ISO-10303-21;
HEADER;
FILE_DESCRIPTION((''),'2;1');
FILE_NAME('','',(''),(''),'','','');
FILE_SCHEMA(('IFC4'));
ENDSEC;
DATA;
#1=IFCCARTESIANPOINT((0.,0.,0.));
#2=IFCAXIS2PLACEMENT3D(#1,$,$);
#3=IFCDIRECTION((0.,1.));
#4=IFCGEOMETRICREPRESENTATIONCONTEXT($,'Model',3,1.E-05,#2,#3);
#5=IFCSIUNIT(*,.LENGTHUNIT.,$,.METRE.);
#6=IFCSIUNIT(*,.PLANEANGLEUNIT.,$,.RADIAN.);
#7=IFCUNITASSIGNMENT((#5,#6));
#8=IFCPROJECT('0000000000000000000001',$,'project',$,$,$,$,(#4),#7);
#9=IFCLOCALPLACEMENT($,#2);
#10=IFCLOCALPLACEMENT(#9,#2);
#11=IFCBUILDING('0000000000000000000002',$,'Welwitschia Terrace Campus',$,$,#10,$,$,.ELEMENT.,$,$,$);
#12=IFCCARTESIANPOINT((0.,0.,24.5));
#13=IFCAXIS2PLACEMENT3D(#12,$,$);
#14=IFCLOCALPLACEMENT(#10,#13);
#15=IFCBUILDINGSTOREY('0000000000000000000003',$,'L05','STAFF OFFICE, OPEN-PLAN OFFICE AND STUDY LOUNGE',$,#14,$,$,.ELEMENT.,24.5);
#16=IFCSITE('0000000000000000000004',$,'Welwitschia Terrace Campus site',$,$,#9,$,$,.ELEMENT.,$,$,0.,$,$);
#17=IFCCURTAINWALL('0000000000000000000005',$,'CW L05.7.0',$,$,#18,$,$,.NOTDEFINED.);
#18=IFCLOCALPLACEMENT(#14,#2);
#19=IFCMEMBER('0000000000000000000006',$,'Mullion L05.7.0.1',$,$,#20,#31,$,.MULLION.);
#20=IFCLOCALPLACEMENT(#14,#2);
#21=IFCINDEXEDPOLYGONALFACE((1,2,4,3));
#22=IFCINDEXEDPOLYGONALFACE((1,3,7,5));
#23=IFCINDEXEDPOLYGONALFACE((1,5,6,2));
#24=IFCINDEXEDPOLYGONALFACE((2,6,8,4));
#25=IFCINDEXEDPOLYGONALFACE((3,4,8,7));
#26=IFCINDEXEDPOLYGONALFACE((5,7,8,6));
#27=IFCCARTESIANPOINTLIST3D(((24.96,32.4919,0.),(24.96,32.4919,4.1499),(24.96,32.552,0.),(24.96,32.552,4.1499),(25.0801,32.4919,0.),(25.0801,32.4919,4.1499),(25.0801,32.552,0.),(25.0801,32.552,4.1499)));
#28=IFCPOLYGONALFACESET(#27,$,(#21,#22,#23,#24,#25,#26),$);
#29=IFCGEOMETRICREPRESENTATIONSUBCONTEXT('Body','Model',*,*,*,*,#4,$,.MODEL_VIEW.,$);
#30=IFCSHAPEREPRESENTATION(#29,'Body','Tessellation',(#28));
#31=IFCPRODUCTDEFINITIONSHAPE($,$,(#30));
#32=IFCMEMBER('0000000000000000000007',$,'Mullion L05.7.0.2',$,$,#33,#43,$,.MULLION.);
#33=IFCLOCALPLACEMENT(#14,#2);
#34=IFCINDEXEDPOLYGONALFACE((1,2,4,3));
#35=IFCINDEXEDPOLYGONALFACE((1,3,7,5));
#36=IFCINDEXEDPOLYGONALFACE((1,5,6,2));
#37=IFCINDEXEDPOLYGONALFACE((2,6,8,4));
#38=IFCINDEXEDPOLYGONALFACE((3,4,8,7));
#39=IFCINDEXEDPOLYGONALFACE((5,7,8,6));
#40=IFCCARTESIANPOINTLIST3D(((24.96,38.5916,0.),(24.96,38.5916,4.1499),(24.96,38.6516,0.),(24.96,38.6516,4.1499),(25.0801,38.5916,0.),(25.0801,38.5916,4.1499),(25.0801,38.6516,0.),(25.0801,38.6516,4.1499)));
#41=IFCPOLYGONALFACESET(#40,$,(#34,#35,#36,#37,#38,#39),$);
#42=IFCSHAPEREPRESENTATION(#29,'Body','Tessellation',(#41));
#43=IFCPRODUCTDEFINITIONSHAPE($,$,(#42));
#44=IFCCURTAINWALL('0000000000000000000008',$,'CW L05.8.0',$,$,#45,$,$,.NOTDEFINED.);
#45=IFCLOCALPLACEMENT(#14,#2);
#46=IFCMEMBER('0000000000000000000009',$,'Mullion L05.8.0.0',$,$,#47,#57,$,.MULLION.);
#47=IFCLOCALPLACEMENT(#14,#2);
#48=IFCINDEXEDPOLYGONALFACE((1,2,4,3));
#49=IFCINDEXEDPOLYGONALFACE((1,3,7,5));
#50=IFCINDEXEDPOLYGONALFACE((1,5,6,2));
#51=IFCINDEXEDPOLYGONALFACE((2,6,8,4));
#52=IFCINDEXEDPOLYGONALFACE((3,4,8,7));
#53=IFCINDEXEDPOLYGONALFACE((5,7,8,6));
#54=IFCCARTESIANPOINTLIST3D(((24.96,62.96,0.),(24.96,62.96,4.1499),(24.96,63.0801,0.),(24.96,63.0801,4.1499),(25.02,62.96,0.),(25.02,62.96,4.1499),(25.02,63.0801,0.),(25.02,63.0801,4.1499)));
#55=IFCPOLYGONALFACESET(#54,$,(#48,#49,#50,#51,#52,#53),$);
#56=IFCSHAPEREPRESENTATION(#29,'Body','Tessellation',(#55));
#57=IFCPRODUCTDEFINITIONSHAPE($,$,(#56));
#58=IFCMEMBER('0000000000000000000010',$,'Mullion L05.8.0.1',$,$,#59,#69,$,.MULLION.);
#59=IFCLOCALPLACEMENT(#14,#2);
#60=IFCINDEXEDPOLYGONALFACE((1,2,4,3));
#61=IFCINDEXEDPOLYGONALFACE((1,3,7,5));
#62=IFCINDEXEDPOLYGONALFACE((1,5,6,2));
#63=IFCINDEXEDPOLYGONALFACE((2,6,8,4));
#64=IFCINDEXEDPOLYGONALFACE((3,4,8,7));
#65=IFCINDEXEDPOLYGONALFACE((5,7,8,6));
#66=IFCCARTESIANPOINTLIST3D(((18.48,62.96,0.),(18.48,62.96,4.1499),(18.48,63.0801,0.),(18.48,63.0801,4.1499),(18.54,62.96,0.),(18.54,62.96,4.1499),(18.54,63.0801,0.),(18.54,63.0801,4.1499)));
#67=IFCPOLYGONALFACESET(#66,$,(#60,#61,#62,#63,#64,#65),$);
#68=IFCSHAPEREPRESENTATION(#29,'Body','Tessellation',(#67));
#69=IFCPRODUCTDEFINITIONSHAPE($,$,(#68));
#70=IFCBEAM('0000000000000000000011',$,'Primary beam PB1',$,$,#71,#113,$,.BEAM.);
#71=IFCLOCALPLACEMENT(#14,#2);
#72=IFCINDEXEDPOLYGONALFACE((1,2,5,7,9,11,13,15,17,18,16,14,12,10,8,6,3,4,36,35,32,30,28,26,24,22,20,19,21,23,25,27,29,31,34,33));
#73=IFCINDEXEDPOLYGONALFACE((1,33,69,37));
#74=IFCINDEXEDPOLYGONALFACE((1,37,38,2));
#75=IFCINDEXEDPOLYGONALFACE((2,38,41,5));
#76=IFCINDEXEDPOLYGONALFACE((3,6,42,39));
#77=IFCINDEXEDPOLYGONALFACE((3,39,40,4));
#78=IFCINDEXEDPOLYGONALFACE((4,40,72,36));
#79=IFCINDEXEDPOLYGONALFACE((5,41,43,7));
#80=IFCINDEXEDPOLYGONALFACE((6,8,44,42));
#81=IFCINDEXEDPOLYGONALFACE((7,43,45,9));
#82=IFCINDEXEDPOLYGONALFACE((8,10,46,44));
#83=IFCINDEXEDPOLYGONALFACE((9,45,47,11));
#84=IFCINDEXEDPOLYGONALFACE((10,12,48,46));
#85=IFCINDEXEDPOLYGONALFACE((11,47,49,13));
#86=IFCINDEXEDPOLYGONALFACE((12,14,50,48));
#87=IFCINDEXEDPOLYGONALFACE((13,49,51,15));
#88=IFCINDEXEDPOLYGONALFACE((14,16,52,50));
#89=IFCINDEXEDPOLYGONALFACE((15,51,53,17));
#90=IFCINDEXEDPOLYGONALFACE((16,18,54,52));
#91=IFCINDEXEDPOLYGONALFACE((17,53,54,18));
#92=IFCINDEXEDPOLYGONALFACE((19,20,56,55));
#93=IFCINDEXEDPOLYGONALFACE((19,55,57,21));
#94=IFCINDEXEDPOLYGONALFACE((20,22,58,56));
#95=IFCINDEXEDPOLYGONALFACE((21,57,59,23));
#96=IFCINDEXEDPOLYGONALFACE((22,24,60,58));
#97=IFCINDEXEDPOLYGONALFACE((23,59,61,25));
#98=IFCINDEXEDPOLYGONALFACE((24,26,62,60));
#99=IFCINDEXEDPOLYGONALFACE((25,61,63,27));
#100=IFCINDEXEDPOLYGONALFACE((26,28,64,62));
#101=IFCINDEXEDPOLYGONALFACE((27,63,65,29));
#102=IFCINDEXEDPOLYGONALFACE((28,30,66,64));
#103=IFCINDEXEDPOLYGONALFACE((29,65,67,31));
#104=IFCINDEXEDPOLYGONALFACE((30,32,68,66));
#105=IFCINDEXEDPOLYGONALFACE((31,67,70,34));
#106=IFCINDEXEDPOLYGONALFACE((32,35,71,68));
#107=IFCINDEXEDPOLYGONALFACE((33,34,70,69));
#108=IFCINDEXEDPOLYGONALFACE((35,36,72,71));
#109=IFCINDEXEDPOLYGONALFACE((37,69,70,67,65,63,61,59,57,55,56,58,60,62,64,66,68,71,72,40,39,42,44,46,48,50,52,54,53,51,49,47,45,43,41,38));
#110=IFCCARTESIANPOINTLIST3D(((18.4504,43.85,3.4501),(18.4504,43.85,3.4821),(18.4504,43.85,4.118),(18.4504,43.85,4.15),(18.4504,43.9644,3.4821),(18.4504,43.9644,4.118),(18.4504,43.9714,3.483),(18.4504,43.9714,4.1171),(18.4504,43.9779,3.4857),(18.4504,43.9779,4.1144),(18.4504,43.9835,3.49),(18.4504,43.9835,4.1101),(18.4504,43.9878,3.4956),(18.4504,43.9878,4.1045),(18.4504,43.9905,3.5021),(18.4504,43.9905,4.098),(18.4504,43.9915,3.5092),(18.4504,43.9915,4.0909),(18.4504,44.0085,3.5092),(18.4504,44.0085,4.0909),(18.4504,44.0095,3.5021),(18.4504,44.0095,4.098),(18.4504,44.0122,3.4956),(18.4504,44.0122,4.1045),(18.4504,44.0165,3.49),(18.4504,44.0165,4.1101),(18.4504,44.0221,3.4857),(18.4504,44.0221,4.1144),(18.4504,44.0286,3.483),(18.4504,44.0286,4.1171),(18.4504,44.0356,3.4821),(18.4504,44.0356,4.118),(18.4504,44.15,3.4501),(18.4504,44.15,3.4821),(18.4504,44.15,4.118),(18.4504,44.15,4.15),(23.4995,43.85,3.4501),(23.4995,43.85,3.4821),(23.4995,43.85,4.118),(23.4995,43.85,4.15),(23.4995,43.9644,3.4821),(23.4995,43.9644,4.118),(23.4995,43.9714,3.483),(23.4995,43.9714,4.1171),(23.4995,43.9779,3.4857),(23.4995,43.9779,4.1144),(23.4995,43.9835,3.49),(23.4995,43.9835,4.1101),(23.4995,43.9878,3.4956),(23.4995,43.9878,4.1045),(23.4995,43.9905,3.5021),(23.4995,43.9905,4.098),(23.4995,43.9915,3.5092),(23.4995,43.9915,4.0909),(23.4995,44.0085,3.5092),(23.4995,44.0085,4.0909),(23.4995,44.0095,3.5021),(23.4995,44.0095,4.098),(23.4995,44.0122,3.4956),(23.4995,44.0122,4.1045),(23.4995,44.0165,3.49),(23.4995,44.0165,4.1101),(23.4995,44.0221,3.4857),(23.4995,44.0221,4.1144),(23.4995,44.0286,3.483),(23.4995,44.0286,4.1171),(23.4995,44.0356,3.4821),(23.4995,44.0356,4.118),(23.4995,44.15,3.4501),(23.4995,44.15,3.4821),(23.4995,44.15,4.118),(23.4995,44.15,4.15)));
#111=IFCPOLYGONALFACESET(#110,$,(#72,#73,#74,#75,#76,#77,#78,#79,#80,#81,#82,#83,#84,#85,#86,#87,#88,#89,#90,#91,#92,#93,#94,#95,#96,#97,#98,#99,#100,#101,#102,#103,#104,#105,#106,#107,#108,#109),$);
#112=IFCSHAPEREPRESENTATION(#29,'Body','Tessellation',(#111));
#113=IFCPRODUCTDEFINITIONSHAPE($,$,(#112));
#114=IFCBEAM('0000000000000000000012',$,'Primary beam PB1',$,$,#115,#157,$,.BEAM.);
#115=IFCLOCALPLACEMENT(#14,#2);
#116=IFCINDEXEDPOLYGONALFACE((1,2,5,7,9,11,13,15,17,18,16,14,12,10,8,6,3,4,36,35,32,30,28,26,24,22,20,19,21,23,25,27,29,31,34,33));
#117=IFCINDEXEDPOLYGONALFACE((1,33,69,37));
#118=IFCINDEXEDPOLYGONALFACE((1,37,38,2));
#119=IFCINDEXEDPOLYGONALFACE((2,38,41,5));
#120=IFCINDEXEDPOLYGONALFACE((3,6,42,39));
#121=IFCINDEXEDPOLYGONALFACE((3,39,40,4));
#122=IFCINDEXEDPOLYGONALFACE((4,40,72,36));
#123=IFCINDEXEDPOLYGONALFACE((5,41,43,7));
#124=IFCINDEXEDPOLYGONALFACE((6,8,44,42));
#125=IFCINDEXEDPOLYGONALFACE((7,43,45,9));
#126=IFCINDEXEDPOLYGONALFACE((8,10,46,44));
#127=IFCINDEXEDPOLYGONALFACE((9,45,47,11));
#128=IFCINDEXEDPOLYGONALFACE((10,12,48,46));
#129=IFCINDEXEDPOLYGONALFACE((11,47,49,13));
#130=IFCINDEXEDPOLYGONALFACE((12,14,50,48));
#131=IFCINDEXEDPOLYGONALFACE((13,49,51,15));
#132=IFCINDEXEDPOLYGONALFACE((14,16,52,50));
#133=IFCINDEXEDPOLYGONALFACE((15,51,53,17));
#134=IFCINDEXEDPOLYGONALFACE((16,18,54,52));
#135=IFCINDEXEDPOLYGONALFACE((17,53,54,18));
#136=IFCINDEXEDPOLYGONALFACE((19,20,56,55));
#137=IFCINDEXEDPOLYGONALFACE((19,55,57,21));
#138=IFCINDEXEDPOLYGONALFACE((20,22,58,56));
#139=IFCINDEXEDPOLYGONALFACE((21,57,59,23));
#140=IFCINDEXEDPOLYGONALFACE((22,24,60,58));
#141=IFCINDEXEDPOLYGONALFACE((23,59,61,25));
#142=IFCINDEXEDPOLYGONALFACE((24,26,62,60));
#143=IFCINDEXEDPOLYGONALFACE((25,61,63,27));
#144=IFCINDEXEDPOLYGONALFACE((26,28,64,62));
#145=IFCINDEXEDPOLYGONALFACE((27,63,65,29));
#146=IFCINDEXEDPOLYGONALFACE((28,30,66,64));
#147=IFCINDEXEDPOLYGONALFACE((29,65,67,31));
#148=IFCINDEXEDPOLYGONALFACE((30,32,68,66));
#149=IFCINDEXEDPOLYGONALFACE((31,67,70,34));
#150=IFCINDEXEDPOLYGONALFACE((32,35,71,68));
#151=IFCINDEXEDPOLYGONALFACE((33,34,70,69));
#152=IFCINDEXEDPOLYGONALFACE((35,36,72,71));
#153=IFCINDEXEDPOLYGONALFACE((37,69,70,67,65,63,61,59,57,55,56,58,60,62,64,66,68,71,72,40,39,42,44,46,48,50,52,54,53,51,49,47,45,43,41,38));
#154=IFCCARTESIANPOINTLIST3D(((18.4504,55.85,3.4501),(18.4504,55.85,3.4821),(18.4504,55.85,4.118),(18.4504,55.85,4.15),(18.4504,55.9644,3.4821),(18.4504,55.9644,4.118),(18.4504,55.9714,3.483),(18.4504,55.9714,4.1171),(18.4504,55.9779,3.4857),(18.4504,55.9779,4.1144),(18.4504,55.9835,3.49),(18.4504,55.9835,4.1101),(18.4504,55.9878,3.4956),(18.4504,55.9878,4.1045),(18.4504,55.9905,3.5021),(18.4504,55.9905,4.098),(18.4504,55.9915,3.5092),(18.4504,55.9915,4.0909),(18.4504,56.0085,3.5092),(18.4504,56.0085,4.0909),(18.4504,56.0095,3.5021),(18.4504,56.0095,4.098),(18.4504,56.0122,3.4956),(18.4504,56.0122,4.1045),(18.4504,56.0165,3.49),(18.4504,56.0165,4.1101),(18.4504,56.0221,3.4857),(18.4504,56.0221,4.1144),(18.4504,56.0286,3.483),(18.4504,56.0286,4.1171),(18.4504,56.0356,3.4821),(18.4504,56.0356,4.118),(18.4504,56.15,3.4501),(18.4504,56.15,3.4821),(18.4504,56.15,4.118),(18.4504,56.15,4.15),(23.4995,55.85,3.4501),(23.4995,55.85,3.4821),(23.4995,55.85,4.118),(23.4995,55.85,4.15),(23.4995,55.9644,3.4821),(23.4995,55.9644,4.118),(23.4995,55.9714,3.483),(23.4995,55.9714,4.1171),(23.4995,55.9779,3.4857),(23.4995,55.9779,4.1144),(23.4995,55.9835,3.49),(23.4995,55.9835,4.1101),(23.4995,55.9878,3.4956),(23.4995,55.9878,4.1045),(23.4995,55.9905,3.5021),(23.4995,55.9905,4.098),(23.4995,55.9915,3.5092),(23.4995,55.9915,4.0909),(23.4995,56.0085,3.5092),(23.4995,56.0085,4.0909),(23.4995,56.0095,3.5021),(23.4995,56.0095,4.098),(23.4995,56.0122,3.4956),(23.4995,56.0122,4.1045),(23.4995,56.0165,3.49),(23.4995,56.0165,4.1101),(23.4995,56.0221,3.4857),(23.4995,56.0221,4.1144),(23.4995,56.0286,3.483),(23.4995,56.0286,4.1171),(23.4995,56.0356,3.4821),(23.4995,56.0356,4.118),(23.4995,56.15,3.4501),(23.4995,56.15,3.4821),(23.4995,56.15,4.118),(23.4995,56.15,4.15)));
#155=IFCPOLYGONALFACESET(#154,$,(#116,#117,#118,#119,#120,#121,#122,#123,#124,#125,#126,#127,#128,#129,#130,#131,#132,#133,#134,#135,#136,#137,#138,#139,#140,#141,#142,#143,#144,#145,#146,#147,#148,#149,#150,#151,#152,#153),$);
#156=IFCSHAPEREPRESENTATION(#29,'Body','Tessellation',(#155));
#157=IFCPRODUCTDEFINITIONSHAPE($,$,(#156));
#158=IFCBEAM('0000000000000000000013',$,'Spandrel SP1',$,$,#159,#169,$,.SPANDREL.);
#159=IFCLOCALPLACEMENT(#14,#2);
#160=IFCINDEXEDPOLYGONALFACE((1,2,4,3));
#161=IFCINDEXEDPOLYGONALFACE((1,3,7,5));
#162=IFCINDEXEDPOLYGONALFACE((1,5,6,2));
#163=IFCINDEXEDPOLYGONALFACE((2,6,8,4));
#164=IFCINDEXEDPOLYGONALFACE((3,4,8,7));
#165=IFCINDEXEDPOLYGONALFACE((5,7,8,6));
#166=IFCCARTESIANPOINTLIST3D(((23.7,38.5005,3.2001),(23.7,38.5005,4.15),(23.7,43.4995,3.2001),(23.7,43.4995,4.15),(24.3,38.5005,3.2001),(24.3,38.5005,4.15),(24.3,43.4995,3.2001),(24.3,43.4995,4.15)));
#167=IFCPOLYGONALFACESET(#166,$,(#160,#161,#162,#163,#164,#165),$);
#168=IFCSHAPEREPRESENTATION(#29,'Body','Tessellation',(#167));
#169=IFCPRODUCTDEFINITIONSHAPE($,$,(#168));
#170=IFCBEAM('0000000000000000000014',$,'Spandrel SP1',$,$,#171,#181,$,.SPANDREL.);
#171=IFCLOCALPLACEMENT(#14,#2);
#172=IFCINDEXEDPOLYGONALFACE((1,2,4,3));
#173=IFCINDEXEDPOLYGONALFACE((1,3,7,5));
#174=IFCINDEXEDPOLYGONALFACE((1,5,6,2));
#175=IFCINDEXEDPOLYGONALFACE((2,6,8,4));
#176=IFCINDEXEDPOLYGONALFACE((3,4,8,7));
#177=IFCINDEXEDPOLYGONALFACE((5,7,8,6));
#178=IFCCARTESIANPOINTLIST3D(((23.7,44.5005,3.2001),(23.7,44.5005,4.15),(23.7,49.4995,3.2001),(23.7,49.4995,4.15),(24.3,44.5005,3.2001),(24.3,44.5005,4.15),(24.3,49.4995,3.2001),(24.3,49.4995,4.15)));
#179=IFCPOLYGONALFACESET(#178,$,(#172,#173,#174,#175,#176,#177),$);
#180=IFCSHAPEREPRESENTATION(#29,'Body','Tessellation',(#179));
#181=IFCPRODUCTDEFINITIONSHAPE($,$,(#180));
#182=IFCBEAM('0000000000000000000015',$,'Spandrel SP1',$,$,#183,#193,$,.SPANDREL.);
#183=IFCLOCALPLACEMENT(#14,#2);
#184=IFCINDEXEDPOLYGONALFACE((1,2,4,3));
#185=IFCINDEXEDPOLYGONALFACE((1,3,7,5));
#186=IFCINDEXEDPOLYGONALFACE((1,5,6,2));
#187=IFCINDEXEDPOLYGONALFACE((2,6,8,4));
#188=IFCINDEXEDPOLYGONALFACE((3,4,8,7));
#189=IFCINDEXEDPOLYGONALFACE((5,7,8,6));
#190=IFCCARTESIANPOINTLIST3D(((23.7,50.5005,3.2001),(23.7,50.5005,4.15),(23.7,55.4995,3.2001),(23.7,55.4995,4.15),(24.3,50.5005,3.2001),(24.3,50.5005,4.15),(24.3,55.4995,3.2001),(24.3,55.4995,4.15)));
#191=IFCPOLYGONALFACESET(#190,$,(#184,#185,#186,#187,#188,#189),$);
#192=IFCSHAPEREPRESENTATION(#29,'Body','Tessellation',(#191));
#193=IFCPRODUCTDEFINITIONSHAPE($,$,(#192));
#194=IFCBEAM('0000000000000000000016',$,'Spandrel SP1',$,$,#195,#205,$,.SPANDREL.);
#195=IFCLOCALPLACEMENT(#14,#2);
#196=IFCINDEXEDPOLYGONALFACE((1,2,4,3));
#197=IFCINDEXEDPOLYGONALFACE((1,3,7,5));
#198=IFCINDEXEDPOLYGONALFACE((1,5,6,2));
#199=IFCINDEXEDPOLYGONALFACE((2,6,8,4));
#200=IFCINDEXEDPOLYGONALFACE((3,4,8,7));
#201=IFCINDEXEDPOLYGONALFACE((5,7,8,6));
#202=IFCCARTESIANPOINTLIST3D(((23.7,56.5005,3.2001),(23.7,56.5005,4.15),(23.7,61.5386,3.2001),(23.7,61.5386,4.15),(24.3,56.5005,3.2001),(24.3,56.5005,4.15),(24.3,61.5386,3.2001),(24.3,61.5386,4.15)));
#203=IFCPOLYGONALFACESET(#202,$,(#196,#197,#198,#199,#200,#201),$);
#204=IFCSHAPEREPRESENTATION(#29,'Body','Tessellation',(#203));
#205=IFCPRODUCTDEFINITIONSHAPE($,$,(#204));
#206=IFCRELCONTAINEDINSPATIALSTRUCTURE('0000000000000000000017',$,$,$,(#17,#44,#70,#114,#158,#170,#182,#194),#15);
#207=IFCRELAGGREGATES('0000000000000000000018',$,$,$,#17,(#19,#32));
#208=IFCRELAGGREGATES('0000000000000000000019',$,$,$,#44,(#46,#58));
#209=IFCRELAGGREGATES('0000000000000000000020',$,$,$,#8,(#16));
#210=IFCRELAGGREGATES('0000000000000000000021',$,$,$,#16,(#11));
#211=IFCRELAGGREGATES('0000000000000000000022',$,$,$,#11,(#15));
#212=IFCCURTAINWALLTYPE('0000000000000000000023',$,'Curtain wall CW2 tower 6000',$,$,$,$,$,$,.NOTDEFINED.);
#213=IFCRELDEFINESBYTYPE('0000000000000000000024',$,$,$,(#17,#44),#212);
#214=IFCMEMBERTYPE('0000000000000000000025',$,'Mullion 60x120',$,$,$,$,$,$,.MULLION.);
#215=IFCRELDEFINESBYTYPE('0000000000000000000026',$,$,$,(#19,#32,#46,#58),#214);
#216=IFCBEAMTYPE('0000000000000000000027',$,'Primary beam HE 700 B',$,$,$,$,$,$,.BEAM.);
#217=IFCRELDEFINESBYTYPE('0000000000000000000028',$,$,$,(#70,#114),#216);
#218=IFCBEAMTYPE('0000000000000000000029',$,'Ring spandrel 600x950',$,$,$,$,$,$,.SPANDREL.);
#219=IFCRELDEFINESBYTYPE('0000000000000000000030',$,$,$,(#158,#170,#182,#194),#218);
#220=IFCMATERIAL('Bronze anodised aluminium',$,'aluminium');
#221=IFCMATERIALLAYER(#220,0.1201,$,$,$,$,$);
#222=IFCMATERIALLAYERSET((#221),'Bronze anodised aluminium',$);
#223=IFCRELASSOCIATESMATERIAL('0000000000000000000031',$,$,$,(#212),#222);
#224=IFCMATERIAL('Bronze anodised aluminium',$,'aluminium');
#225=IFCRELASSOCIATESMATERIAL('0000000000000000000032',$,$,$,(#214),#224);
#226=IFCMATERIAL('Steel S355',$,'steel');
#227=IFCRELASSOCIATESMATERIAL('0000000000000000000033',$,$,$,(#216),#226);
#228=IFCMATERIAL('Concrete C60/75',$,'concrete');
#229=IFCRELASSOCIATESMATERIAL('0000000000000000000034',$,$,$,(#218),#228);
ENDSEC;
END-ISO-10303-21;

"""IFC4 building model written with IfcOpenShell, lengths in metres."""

from ifc_helpers import new_model, si_unit, direction, frame, origin, origin_2d, place, context, subcontext, project, spatial, rectangle, i_section, extrude, material, layer, layer_set, material_profile, profile_set, type_object, element, aggregate, save


model = new_model("IFC4")

# Units and contexts
model_context = context("Model", 3, precision=1e-05, world=origin(), true_north=direction((0.0, 1.0)))
body_context = subcontext(model_context, "Body", "Model", "MODEL_VIEW")
ifc_project = project(units=[si_unit("LENGTHUNIT", "METRE"), si_unit("PLANEANGLEUNIT", "RADIAN")], contexts=[model_context])

# Site, building, storey
site_placement = place(None, origin())
site = spatial("IfcSite", under=ifc_project, at=site_placement, Name="Welwitschia Terrace Campus site", CompositionType="ELEMENT", RefElevation=0.0)
building_placement = place(site_placement, origin())
building = spatial("IfcBuilding", under=site, at=building_placement, Name="Welwitschia Terrace Campus", CompositionType="ELEMENT")
storey_placement = place(building_placement, frame((0.0, 0.0, 24.5)))
storey = spatial("IfcBuildingStorey", under=building, at=storey_placement, Name="L05", Description="STAFF OFFICE, OPEN-PLAN OFFICE AND STUDY LOUNGE", CompositionType="ELEMENT", Elevation=24.5)

# Curtain walls, members
ifc_material_1 = material(Name="Bronze anodised aluminium", Category="aluminium")
ifc_layer_1 = layer(ifc_material_1, 0.1201)
ifc_layer_set_1 = layer_set([ifc_layer_1], Name="Bronze anodised aluminium")
curtain_wall_type = type_object("IfcCurtainWallType", Name="Curtain wall CW2 tower 6000", PredefinedType="NOTDEFINED", material=ifc_layer_set_1)
curtain_wall_1_placement = place(storey_placement, origin())
curtain_wall_1 = element("IfcCurtainWall", 1, at=curtain_wall_1_placement, inside=storey, type_object=curtain_wall_type, Name="CW L05.7.0", PredefinedType="NOTDEFINED")
ifc_material_2 = material(Name="Bronze anodised aluminium", Category="aluminium")
ifc_material_profile_1 = material_profile(ifc_material_2, rectangle(XDim=0.1201, YDim=0.0601, at=origin_2d()))
ifc_profile_set_1 = profile_set([ifc_material_profile_1], Name="Bronze anodised aluminium")
member_type_1 = type_object("IfcMemberType", Name="Mullion 60x120", PredefinedType="MULLION", material=ifc_profile_set_1)
member_1_placement = place(storey_placement, frame((25.02, 32.522, 0.0), z_axis=(0.0, 0.0, 1.0), x_axis=(-1.0, 0.0, 0.0)))
member_1 = element("IfcMember", 2, at=member_1_placement, type_object=member_type_1, Name="Mullion L05.7.0.1", PredefinedType="MULLION", context=body_context, shape_type="SweptSolid", body=[
    extrude(rectangle(XDim=0.1201, YDim=0.0601, at=origin_2d()), origin(), (0.0, 0.0, 1.0), 4.1499),
])
member_2_placement = place(storey_placement, frame((25.02, 38.6216, 0.0), z_axis=(0.0, 0.0, 1.0), x_axis=(-1.0, 0.0, 0.0)))
member_2 = element("IfcMember", 3, at=member_2_placement, type_object=member_type_1, Name="Mullion L05.7.0.2", PredefinedType="MULLION", context=body_context, shape_type="SweptSolid", body=[
    extrude(rectangle(XDim=0.1201, YDim=0.0601, at=origin_2d()), origin(), (0.0, 0.0, 1.0), 4.1499),
])
curtain_wall_2_placement = place(storey_placement, origin())
curtain_wall_2 = element("IfcCurtainWall", 4, at=curtain_wall_2_placement, inside=storey, type_object=curtain_wall_type, Name="CW L05.8.0", PredefinedType="NOTDEFINED")
member_3_placement = place(storey_placement, frame((24.99, 63.02, 0.0), z_axis=(0.0, 0.0, 1.0), x_axis=(0.0, -1.0, 0.0)))
member_3 = element("IfcMember", 5, at=member_3_placement, type_object=member_type_1, Name="Mullion L05.8.0.0", PredefinedType="MULLION", context=body_context, shape_type="SweptSolid", body=[
    extrude(rectangle(XDim=0.1201, YDim=0.0601, at=origin_2d()), origin(), (0.0, 0.0, 1.0), 4.1499),
])
member_4_placement = place(storey_placement, frame((18.51, 63.02, 0.0), z_axis=(0.0, 0.0, 1.0), x_axis=(0.0, -1.0, 0.0)))
member_4 = element("IfcMember", 6, at=member_4_placement, type_object=member_type_1, Name="Mullion L05.8.0.1", PredefinedType="MULLION", context=body_context, shape_type="SweptSolid", body=[
    extrude(rectangle(XDim=0.1201, YDim=0.0601, at=origin_2d()), origin(), (0.0, 0.0, 1.0), 4.1499),
])

# Beams
ifc_material_3 = material(Name="Steel S355", Category="steel")
ifc_material_profile_2 = material_profile(ifc_material_3, i_section(OverallWidth=0.3, OverallDepth=0.7, WebThickness=0.0171, FlangeThickness=0.032, FilletRadius=0.0271, at=origin_2d()))
ifc_profile_set_2 = profile_set([ifc_material_profile_2], Name="Steel S355")
beam_type_1 = type_object("IfcBeamType", Name="Primary beam HE 700 B", PredefinedType="BEAM", material=ifc_profile_set_2)
for number, where, z_axis, x_axis, name in (
    (7, (23.4995, 44.0, 3.8), (-1.0, 0.0, 0.0), (0.0, -1.0, 0.0), "Primary beam PB1"),
    (8, (23.4995, 56.0, 3.8), (-1.0, 0.0, 0.0), (0.0, -1.0, 0.0), "Primary beam PB1"),
):
    element("IfcBeam", number, at=place(storey_placement, frame(where, z_axis=z_axis, x_axis=x_axis)), inside=storey, type_object=beam_type_1, Name=name, PredefinedType="BEAM", context=body_context, shape_type="SweptSolid", body=[
        extrude(i_section(OverallWidth=0.3, OverallDepth=0.7, WebThickness=0.0171, FlangeThickness=0.032, FilletRadius=0.0271, at=origin_2d()), origin(), (0.0, 0.0, 1.0), 5.0491),
    ])
ifc_material_4 = material(Name="Concrete C60/75", Category="concrete")
ifc_material_profile_3 = material_profile(ifc_material_4, rectangle(XDim=0.6001, YDim=0.95, at=origin_2d()))
ifc_profile_set_3 = profile_set([ifc_material_profile_3], Name="Concrete C60/75")
beam_type_2 = type_object("IfcBeamType", Name="Ring spandrel 600x950", PredefinedType="SPANDREL", material=ifc_profile_set_3)
for number, where, z_axis, x_axis, name in (
    (9, (24.0, 38.5005, 3.675), (0.0, 1.0, 0.0), (-1.0, 0.0, 0.0), "Spandrel SP1"),
    (10, (24.0, 44.5005, 3.675), (0.0, 1.0, 0.0), (-1.0, 0.0, 0.0), "Spandrel SP1"),
    (11, (24.0, 50.5005, 3.675), (0.0, 1.0, 0.0), (-1.0, 0.0, 0.0), "Spandrel SP1"),
):
    element("IfcBeam", number, at=place(storey_placement, frame(where, z_axis=z_axis, x_axis=x_axis)), inside=storey, type_object=beam_type_2, Name=name, PredefinedType="SPANDREL", context=body_context, shape_type="SweptSolid", body=[
        extrude(rectangle(XDim=0.6001, YDim=0.95, at=origin_2d()), origin(), (0.0, 0.0, 1.0), 4.999),
    ])
for number, where, z_axis, x_axis, name in (
    (12, (24.0, 56.5005, 3.675), (0.0, 1.0, 0.0), (-1.0, 0.0, 0.0), "Spandrel SP1"),
):
    element("IfcBeam", number, at=place(storey_placement, frame(where, z_axis=z_axis, x_axis=x_axis)), inside=storey, type_object=beam_type_2, Name=name, PredefinedType="SPANDREL", context=body_context, shape_type="SweptSolid", body=[
        extrude(rectangle(XDim=0.6001, YDim=0.95, at=origin_2d()), origin(), (0.0, 0.0, 1.0), 5.0381),
    ])

aggregate(curtain_wall_1, [member_1, member_2])
aggregate(curtain_wall_2, [member_3, member_4])

save(model, "model.ifc")
